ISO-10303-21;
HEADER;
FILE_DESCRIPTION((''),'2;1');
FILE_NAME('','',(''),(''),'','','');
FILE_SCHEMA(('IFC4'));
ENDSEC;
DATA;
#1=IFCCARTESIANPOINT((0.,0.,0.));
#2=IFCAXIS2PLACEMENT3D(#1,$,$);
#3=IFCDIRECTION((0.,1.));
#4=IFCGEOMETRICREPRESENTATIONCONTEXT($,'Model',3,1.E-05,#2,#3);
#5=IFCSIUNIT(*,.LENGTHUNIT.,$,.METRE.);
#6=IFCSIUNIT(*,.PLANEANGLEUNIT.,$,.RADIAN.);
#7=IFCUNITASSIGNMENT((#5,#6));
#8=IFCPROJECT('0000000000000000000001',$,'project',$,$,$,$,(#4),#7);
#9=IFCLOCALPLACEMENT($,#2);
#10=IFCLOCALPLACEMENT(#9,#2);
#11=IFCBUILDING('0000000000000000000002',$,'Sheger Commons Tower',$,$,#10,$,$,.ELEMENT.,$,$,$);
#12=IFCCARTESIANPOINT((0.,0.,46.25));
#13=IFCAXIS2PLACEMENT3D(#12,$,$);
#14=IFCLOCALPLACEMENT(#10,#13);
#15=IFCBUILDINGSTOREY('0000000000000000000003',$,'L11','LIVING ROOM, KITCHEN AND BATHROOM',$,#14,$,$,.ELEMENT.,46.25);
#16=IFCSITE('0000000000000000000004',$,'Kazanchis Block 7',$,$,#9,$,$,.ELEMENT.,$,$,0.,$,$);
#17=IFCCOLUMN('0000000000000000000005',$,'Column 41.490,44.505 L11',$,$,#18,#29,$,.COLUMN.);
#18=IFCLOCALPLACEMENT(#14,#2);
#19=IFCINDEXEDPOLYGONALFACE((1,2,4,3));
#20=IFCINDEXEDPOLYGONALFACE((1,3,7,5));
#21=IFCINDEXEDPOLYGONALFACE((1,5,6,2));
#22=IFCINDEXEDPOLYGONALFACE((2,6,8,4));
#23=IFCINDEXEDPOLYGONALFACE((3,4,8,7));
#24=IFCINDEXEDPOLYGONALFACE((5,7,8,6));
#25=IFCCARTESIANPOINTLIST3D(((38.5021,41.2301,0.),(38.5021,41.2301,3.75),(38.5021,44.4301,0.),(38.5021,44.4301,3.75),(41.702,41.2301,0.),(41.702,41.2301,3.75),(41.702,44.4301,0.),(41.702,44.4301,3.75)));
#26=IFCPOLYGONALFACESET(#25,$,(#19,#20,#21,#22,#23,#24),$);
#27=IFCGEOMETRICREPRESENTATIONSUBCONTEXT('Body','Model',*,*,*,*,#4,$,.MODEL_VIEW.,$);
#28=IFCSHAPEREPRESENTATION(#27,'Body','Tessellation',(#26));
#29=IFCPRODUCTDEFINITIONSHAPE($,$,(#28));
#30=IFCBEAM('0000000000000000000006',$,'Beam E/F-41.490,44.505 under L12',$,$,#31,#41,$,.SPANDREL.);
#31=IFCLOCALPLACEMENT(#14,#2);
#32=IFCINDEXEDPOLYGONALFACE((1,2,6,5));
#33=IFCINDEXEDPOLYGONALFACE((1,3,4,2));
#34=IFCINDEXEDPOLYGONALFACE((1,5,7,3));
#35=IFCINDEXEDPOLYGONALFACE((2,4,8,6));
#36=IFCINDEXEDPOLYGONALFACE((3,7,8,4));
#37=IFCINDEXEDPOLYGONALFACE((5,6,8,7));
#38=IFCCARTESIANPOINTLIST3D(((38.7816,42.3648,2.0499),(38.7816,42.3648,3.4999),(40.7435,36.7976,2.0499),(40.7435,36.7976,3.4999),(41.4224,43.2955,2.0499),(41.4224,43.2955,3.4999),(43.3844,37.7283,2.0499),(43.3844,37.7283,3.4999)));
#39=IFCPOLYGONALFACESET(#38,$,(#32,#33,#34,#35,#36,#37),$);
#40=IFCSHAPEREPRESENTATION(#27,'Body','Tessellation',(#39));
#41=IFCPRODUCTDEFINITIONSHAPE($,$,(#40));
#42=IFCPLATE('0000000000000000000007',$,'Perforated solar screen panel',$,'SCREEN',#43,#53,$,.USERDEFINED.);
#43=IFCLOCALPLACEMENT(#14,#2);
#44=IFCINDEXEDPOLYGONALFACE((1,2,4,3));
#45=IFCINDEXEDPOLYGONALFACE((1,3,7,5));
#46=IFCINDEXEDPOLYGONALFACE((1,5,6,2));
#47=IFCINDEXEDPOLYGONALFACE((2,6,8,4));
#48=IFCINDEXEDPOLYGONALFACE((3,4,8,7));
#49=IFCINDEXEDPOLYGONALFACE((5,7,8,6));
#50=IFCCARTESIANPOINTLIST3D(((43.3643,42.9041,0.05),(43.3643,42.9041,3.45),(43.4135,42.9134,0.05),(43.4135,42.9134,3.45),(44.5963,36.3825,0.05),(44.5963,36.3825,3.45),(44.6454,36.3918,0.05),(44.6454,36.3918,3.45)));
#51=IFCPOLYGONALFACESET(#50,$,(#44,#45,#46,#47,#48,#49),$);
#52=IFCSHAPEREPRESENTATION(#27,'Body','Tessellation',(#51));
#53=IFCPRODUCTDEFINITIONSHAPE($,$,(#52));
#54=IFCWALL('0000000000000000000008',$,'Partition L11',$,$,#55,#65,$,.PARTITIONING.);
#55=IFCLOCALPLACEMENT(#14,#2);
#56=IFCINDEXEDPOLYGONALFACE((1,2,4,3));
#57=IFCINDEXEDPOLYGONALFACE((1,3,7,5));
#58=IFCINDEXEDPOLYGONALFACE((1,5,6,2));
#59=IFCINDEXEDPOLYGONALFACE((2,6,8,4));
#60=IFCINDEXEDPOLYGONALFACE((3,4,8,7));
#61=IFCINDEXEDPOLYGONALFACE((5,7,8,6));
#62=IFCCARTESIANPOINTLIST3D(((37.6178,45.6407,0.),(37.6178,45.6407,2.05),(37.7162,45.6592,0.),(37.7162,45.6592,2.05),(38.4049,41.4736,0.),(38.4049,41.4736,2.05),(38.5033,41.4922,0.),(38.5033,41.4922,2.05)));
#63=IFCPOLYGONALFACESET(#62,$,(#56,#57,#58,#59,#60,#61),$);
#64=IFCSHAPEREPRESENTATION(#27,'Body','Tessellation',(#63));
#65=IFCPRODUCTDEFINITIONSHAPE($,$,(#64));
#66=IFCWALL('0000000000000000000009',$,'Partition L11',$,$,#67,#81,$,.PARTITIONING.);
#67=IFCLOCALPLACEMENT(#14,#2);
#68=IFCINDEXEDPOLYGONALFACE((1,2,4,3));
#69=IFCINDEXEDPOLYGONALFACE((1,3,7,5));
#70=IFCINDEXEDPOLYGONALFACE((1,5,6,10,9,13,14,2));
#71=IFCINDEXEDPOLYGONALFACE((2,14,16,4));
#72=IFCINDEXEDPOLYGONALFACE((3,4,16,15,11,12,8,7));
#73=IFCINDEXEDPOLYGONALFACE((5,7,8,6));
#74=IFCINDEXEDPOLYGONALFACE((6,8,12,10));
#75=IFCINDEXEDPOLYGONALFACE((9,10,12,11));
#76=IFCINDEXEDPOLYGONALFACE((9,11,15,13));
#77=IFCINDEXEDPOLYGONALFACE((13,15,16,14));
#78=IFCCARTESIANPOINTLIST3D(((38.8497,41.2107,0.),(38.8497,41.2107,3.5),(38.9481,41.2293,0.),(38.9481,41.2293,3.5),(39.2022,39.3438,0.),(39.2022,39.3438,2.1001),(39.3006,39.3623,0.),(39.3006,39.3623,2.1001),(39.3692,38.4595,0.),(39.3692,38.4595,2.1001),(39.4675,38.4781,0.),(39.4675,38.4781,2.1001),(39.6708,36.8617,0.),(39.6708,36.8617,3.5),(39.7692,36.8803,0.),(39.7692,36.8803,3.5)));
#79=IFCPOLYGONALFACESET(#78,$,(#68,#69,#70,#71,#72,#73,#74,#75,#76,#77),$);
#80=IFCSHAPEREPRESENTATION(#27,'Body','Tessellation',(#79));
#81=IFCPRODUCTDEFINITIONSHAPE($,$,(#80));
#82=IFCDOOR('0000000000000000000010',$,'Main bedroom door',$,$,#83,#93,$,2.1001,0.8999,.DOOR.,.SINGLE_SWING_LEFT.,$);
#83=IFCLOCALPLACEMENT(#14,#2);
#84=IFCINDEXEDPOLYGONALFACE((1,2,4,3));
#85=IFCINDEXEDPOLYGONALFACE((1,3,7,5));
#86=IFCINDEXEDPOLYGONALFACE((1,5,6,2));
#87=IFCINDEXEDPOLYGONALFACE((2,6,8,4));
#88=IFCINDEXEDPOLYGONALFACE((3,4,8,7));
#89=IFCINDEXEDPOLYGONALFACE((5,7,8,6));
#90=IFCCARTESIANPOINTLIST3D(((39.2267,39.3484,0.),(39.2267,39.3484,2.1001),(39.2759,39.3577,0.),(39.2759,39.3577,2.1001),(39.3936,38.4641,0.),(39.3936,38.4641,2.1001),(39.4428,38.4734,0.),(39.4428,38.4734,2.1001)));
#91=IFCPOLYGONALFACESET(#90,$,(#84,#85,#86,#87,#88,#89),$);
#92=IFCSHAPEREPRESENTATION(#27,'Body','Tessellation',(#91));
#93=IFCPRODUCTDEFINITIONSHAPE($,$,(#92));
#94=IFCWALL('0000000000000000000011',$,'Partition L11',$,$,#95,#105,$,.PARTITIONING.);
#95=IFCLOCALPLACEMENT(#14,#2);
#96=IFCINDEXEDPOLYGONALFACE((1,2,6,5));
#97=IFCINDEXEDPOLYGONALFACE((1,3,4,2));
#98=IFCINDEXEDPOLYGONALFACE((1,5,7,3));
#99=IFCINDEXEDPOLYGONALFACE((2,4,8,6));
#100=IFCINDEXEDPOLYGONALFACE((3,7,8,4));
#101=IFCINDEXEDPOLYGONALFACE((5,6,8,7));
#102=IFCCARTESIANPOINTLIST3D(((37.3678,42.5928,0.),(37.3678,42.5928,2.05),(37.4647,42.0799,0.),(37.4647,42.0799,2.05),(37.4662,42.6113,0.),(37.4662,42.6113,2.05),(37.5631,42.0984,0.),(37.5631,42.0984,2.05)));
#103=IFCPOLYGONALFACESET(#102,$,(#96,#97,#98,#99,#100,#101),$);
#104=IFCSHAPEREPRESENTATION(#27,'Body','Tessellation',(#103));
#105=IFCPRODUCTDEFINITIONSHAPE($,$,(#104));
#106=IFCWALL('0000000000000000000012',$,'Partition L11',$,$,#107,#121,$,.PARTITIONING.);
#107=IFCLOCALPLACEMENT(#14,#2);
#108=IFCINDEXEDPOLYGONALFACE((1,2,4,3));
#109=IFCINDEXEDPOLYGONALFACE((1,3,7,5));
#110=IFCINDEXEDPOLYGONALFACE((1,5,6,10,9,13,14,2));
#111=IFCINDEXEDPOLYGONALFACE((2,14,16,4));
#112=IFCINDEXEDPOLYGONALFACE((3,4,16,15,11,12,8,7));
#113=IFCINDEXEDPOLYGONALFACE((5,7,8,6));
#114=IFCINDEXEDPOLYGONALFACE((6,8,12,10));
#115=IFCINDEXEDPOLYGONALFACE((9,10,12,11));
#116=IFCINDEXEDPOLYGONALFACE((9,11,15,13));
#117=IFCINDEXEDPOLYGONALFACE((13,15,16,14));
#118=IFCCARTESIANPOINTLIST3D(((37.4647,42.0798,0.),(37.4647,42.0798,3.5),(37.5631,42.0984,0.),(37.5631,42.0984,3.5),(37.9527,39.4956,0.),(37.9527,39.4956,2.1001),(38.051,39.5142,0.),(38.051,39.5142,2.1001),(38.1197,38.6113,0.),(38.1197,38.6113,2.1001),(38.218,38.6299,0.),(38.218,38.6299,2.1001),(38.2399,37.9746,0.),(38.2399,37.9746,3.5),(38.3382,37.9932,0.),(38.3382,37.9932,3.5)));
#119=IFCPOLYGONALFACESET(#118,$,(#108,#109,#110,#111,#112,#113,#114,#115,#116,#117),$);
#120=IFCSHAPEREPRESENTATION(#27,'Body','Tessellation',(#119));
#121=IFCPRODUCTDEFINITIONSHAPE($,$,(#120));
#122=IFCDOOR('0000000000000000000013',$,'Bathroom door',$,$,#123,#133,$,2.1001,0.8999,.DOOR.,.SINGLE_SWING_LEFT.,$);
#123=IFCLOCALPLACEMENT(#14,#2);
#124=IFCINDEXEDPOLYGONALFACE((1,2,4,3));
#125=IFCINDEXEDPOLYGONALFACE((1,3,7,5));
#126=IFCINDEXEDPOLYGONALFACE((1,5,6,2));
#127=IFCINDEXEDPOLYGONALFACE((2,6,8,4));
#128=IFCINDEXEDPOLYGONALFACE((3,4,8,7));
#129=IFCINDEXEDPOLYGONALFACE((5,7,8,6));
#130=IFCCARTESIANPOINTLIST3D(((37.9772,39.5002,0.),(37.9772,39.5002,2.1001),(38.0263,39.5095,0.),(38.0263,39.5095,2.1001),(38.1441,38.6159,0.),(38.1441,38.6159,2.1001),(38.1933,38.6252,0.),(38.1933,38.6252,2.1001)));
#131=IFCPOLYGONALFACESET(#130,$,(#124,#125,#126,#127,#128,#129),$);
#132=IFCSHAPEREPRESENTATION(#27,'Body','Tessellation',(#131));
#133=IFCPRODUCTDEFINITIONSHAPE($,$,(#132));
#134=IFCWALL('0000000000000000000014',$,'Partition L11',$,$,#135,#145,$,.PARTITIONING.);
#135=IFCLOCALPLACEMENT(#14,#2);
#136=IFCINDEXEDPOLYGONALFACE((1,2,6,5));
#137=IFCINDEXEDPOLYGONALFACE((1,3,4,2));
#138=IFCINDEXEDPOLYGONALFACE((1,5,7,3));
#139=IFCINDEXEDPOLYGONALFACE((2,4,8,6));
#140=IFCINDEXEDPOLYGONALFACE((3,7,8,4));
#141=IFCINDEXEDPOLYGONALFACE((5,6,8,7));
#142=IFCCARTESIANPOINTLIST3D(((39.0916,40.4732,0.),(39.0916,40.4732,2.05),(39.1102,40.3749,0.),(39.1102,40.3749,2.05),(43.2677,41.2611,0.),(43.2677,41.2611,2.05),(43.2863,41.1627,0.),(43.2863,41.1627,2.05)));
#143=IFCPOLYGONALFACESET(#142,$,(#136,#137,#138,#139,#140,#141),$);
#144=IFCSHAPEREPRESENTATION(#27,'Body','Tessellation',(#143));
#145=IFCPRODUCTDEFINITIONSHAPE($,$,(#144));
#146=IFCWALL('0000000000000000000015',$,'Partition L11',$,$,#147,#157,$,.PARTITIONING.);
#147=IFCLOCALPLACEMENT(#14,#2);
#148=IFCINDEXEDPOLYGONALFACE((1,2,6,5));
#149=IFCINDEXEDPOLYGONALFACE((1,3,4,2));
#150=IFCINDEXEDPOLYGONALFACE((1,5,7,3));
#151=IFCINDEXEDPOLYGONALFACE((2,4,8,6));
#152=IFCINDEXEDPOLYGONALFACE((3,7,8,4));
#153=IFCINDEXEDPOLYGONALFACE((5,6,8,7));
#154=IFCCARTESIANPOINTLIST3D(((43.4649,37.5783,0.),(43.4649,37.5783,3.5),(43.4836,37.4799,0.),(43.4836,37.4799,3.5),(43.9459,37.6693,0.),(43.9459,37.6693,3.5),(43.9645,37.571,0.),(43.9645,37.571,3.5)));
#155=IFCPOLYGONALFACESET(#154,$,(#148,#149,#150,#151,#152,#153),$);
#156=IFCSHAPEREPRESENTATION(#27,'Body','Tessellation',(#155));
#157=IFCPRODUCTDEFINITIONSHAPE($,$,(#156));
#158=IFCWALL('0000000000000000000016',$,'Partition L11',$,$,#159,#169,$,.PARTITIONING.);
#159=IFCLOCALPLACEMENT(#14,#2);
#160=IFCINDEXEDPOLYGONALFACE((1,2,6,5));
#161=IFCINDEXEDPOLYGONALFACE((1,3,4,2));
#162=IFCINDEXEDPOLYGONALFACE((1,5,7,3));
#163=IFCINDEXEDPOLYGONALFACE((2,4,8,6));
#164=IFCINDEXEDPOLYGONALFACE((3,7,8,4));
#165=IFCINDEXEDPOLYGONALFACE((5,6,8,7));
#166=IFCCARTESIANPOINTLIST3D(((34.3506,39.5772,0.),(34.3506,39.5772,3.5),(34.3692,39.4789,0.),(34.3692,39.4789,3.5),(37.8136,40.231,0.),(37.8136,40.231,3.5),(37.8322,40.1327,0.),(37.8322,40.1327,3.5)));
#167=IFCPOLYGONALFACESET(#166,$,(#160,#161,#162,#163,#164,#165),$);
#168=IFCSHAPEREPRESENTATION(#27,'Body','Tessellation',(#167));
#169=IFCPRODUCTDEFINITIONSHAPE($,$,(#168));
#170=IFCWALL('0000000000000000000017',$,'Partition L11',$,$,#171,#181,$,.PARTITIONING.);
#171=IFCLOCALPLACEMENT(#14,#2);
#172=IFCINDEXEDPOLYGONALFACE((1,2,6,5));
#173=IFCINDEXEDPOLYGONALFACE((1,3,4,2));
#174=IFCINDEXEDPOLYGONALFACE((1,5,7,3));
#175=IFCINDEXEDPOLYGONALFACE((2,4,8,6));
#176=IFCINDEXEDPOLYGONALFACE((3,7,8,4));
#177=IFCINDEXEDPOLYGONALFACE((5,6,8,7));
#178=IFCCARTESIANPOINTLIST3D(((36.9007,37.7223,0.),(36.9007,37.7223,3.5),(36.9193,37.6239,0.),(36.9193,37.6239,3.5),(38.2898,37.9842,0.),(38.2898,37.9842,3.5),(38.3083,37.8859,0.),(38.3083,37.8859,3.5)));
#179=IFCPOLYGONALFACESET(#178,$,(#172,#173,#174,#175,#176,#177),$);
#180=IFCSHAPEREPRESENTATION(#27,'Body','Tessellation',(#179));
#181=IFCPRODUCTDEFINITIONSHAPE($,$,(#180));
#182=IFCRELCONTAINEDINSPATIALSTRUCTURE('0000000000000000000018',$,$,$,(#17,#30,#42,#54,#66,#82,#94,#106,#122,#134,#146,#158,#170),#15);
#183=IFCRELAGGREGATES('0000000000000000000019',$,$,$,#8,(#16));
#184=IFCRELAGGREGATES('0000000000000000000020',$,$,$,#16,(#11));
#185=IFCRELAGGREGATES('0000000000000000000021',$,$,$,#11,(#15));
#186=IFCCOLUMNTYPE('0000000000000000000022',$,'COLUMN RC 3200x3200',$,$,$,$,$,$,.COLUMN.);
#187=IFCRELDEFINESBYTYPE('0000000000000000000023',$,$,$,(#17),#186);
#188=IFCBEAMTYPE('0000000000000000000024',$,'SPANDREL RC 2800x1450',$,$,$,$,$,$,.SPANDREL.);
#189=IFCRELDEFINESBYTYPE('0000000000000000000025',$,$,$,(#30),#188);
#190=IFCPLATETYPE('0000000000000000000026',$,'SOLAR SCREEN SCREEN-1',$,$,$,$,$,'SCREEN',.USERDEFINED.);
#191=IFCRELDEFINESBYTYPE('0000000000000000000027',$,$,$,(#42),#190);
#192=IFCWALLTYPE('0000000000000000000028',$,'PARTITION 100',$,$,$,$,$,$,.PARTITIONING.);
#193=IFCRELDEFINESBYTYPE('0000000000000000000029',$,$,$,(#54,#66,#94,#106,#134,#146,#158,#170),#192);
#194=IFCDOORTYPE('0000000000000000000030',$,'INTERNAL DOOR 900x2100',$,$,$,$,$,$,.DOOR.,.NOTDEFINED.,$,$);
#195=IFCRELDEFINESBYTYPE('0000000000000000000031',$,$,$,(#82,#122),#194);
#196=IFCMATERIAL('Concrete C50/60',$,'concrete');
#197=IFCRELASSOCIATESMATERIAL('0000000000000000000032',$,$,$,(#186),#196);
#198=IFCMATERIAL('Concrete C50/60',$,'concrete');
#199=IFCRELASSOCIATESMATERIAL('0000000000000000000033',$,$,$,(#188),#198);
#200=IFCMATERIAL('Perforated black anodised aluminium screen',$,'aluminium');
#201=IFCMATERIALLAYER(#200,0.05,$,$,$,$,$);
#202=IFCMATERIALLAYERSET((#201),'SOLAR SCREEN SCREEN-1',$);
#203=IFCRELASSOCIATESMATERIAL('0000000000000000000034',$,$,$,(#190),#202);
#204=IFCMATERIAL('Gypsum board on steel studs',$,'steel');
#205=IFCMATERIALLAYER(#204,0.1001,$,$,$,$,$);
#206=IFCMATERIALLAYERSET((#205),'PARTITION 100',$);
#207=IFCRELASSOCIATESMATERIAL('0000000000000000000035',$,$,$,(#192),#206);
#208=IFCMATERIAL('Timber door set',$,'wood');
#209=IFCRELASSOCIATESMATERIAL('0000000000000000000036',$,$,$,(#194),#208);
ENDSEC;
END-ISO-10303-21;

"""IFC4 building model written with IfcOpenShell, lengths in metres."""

from ifc_helpers import new_model, si_unit, direction, frame, frame_2d, origin, origin_2d, place, context, subcontext, project, spatial, rectangle, extrude, material, layer, layer_set, material_profile, profile_set, type_object, element, fill, save


model = new_model("IFC4")

# Units and contexts
model_context = context("Model", 3, precision=1e-05, world=origin(), true_north=direction((0.0, 1.0)))
body_context = subcontext(model_context, "Body", "Model", "MODEL_VIEW")
ifc_project = project(units=[si_unit("LENGTHUNIT", "METRE"), si_unit("PLANEANGLEUNIT", "RADIAN")], contexts=[model_context])

# Site, building, storey
site_placement = place(None, origin())
site = spatial("IfcSite", under=ifc_project, at=site_placement, Name="Kazanchis Block 7", CompositionType="ELEMENT", RefElevation=0.0)
building_placement = place(site_placement, origin())
building = spatial("IfcBuilding", under=site, at=building_placement, Name="Sheger Commons Tower", CompositionType="ELEMENT")
storey_placement = place(building_placement, frame((0.0, 0.0, 46.25)))
storey = spatial("IfcBuildingStorey", under=building, at=storey_placement, Name="L11", Description="LIVING ROOM, KITCHEN AND BATHROOM", CompositionType="ELEMENT", Elevation=46.25)

# Column
ifc_material_1 = material(Name="Concrete C50/60", Category="concrete")
ifc_material_profile_1 = material_profile(ifc_material_1, rectangle(XDim=3.2, YDim=3.2, at=origin_2d()), Name="RC 3200x3200")
ifc_profile_set_1 = profile_set([ifc_material_profile_1], Name="Concrete C50/60")
column_type = type_object("IfcColumnType", Name="COLUMN RC 3200x3200", PredefinedType="COLUMN", material=ifc_profile_set_1)
column_placement = place(storey_placement, frame((40.1021, 42.8301, 0.0), z_axis=(0.0, 0.0, 1.0), x_axis=(1.0, 0.0, 0.0)))
element("IfcColumn", 1, at=column_placement, inside=storey, type_object=column_type, Name="Column 41.490,44.505 L11", PredefinedType="COLUMN", context=body_context, shape_type="SweptSolid", body=[
    extrude(rectangle(XDim=3.2, YDim=3.2, at=origin_2d()), origin(), (0.0, 0.0, 1.0), 3.75),
])

# Beam
ifc_material_2 = material(Name="Concrete C50/60", Category="concrete")
ifc_material_profile_2 = material_profile(ifc_material_2, rectangle(XDim=2.8, YDim=1.45, at=origin_2d()), Name="RC 2800x1450")
ifc_profile_set_2 = profile_set([ifc_material_profile_2], Name="Concrete C50/60")
beam_type = type_object("IfcBeamType", Name="SPANDREL RC 2800x1450", PredefinedType="SPANDREL", material=ifc_profile_set_2)
beam_placement = place(storey_placement, frame((42.064, 37.2629, 2.7749), z_axis=(-0.332374, 0.943148, 0.0), x_axis=(-0.943148, -0.332374, 0.0)))
element("IfcBeam", 2, at=beam_placement, inside=storey, type_object=beam_type, Name="Beam E/F-41.490,44.505 under L12", PredefinedType="SPANDREL", context=body_context, shape_type="SweptSolid", body=[
    extrude(rectangle(XDim=2.8, YDim=1.45, at=origin_2d()), origin(), (0.0, 0.0, 1.0), 5.9028),
])

# Plate
ifc_material_3 = material(Name="Perforated black anodised aluminium screen", Category="aluminium")
ifc_layer_1 = layer(ifc_material_3, 0.05)
ifc_layer_set_1 = layer_set([ifc_layer_1], Name="SOLAR SCREEN SCREEN-1")
plate_type = type_object("IfcPlateType", Name="SOLAR SCREEN SCREEN-1", ElementType="SCREEN", PredefinedType="USERDEFINED", material=ifc_layer_set_1)
plate_placement = place(storey_placement, frame((44.0049, 39.6479, 0.05), z_axis=(0.0, 0.0, 1.0), x_axis=(-0.185615, 0.982623, 0.0)))
element("IfcPlate", 3, at=plate_placement, inside=storey, type_object=plate_type, Name="Perforated solar screen panel", ObjectType="SCREEN", PredefinedType="USERDEFINED", context=body_context, shape_type="SweptSolid", body=[
    extrude(rectangle(XDim=6.637, YDim=0.05, at=origin_2d()), origin(), (0.0, 0.0, 1.0), 3.3999),
])

# Wall
ifc_material_4 = material(Name="Gypsum board on steel studs", Category="steel")
ifc_layer_2 = layer(ifc_material_4, 0.1001)
ifc_layer_set_2 = layer_set([ifc_layer_2], Name="PARTITION 100")
wall_type = type_object("IfcWallType", Name="PARTITION 100", PredefinedType="PARTITIONING", material=ifc_layer_set_2)
wall_1_placement = place(storey_placement, frame((38.4541, 41.4829, 0.0), z_axis=(0.0, 0.0, 1.0), x_axis=(-0.185609, 0.982624, 0.0)))
element("IfcWall", 4, at=wall_1_placement, inside=storey, type_object=wall_type, Name="Partition L11", PredefinedType="PARTITIONING", context=body_context, shape_type="SweptSolid", body=[
    extrude(rectangle(XDim=4.2407, YDim=0.1001, at=frame_2d((2.1204, 0.0))), origin(), (0.0, 0.0, 1.0), 2.05),
])

# Wall, opening, door
wall_2_placement = place(storey_placement, frame((38.8989, 41.22, 0.0), z_axis=(0.0, 0.0, 1.0), x_axis=(0.185517, -0.982641, 0.0)))
wall_2 = element("IfcWall", 5, at=wall_2_placement, inside=storey, type_object=wall_type, Name="Partition L11", PredefinedType="PARTITIONING", context=body_context, shape_type="SweptSolid", body=[
    extrude(rectangle(XDim=4.4258, YDim=0.1001, at=frame_2d((2.2129, 0.0))), origin(), (0.0, 0.0, 1.0), 3.5),
])
opening_1_placement = place(wall_2_placement, frame((1.8999, 0.0, 0.0)))
opening_1 = element("IfcOpeningElement", 6, at=opening_1_placement, cuts=wall_2, PredefinedType="OPENING", context=body_context, shape_type="SweptSolid", body=[
    extrude(rectangle(XDim=0.8999, YDim=2.1001, at=frame_2d((0.45, 1.05))), frame((0.0, 0.0601, 0.0), z_axis=(0.0, -1.0, 0.0), x_axis=(1.0, 0.0, 0.0)), (0.0, 0.0, 1.0), 0.1201),
])
ifc_material_5 = material(Name="Timber door set", Category="wood")
door_type = type_object("IfcDoorType", Name="INTERNAL DOOR 900x2100", OperationType="NOTDEFINED", PredefinedType="DOOR", material=ifc_material_5)
door_1_placement = place(opening_1_placement, origin())
door_1 = element("IfcDoor", 7, at=door_1_placement, inside=storey, type_object=door_type, Name="Main bedroom door", OperationType="SINGLE_SWING_LEFT", OverallHeight=2.1001, OverallWidth=0.8999, PredefinedType="DOOR", context=body_context, shape_type="SweptSolid", body=[
    extrude(rectangle(XDim=0.8999, YDim=2.1001, at=frame_2d((0.45, 1.05))), frame((0.0, 0.0249, 0.0), z_axis=(0.0, -1.0, 0.0), x_axis=(1.0, 0.0, 0.0)), (0.0, 0.0, 1.0), 0.05),
])
fill(opening_1, door_1)

# Wall
wall_3_placement = place(storey_placement, frame((37.417, 42.6021, 0.0), z_axis=(0.0, 0.0, 1.0), x_axis=(0.185672, -0.982612, 0.0)))
element("IfcWall", 8, at=wall_3_placement, inside=storey, type_object=wall_type, Name="Partition L11", PredefinedType="PARTITIONING", context=body_context, shape_type="SweptSolid", body=[
    extrude(rectangle(XDim=0.522, YDim=0.1001, at=frame_2d((0.261, 0.0))), origin(), (0.0, 0.0, 1.0), 2.05),
])

# Wall, opening, door
wall_4_placement = place(storey_placement, frame((37.5139, 42.0891, 0.0), z_axis=(0.0, 0.0, 1.0), x_axis=(0.185541, -0.982637, 0.0)))
wall_4 = element("IfcWall", 9, at=wall_4_placement, inside=storey, type_object=wall_type, Name="Partition L11", PredefinedType="PARTITIONING", context=body_context, shape_type="SweptSolid", body=[
    extrude(rectangle(XDim=4.1777, YDim=0.1001, at=frame_2d((2.0889, 0.0))), origin(), (0.0, 0.0, 1.0), 3.5),
])
opening_2_placement = place(wall_4_placement, frame((2.6299, 0.0, 0.0)))
opening_2 = element("IfcOpeningElement", 10, at=opening_2_placement, cuts=wall_4, PredefinedType="OPENING", context=body_context, shape_type="SweptSolid", body=[
    extrude(rectangle(XDim=0.8999, YDim=2.1001, at=frame_2d((0.45, 1.05))), frame((0.0, 0.0601, 0.0), z_axis=(0.0, -1.0, 0.0), x_axis=(1.0, 0.0, 0.0)), (0.0, 0.0, 1.0), 0.1201),
])
door_2_placement = place(opening_2_placement, origin())
door_2 = element("IfcDoor", 11, at=door_2_placement, inside=storey, type_object=door_type, Name="Bathroom door", OperationType="SINGLE_SWING_LEFT", OverallHeight=2.1001, OverallWidth=0.8999, PredefinedType="DOOR", context=body_context, shape_type="SweptSolid", body=[
    extrude(rectangle(XDim=0.8999, YDim=2.1001, at=frame_2d((0.45, 1.05))), frame((0.0, 0.0249, 0.0), z_axis=(0.0, -1.0, 0.0), x_axis=(1.0, 0.0, 0.0)), (0.0, 0.0, 1.0), 0.05),
])
fill(opening_2, door_2)

# Walls
wall_5_placement = place(storey_placement, frame((43.2771, 41.2119, 0.0), z_axis=(0.0, 0.0, 1.0), x_axis=(-0.982665, -0.185388, 0.0)))
element("IfcWall", 12, at=wall_5_placement, inside=storey, type_object=wall_type, Name="Partition L11", PredefinedType="PARTITIONING", context=body_context, shape_type="SweptSolid", body=[
    extrude(rectangle(XDim=4.2498, YDim=0.1001, at=frame_2d((2.125, 0.0))), origin(), (0.0, 0.0, 1.0), 2.05),
])
wall_6_placement = place(storey_placement, frame((43.9551, 37.6201, 0.0), z_axis=(0.0, 0.0, 1.0), x_axis=(-0.982543, -0.186035, 0.0)))
element("IfcWall", 13, at=wall_6_placement, inside=storey, type_object=wall_type, Name="Partition L11", PredefinedType="PARTITIONING", context=body_context, shape_type="SweptSolid", body=[
    extrude(rectangle(XDim=0.4895, YDim=0.1001, at=frame_2d((0.2446, 0.0))), origin(), (0.0, 0.0, 1.0), 3.5),
])
wall_7_placement = place(storey_placement, frame((37.823, 40.1819, 0.0), z_axis=(0.0, 0.0, 1.0), x_axis=(-0.982639, -0.185527, 0.0)))
element("IfcWall", 14, at=wall_7_placement, inside=storey, type_object=wall_type, Name="Partition L11", PredefinedType="PARTITIONING", context=body_context, shape_type="SweptSolid", body=[
    extrude(rectangle(XDim=3.5242, YDim=0.1001, at=frame_2d((1.7622, 0.0))), origin(), (0.0, 0.0, 1.0), 3.5),
])
wall_8_placement = place(storey_placement, frame((38.2991, 37.9351, 0.0), z_axis=(0.0, 0.0, 1.0), x_axis=(-0.98268, -0.18531, 0.0)))
element("IfcWall", 15, at=wall_8_placement, inside=storey, type_object=wall_type, Name="Partition L11", PredefinedType="PARTITIONING", context=body_context, shape_type="SweptSolid", body=[
    extrude(rectangle(XDim=1.4136, YDim=0.1001, at=frame_2d((0.7068, 0.0))), origin(), (0.0, 0.0, 1.0), 3.5),
])

save(model, "model.ifc")
